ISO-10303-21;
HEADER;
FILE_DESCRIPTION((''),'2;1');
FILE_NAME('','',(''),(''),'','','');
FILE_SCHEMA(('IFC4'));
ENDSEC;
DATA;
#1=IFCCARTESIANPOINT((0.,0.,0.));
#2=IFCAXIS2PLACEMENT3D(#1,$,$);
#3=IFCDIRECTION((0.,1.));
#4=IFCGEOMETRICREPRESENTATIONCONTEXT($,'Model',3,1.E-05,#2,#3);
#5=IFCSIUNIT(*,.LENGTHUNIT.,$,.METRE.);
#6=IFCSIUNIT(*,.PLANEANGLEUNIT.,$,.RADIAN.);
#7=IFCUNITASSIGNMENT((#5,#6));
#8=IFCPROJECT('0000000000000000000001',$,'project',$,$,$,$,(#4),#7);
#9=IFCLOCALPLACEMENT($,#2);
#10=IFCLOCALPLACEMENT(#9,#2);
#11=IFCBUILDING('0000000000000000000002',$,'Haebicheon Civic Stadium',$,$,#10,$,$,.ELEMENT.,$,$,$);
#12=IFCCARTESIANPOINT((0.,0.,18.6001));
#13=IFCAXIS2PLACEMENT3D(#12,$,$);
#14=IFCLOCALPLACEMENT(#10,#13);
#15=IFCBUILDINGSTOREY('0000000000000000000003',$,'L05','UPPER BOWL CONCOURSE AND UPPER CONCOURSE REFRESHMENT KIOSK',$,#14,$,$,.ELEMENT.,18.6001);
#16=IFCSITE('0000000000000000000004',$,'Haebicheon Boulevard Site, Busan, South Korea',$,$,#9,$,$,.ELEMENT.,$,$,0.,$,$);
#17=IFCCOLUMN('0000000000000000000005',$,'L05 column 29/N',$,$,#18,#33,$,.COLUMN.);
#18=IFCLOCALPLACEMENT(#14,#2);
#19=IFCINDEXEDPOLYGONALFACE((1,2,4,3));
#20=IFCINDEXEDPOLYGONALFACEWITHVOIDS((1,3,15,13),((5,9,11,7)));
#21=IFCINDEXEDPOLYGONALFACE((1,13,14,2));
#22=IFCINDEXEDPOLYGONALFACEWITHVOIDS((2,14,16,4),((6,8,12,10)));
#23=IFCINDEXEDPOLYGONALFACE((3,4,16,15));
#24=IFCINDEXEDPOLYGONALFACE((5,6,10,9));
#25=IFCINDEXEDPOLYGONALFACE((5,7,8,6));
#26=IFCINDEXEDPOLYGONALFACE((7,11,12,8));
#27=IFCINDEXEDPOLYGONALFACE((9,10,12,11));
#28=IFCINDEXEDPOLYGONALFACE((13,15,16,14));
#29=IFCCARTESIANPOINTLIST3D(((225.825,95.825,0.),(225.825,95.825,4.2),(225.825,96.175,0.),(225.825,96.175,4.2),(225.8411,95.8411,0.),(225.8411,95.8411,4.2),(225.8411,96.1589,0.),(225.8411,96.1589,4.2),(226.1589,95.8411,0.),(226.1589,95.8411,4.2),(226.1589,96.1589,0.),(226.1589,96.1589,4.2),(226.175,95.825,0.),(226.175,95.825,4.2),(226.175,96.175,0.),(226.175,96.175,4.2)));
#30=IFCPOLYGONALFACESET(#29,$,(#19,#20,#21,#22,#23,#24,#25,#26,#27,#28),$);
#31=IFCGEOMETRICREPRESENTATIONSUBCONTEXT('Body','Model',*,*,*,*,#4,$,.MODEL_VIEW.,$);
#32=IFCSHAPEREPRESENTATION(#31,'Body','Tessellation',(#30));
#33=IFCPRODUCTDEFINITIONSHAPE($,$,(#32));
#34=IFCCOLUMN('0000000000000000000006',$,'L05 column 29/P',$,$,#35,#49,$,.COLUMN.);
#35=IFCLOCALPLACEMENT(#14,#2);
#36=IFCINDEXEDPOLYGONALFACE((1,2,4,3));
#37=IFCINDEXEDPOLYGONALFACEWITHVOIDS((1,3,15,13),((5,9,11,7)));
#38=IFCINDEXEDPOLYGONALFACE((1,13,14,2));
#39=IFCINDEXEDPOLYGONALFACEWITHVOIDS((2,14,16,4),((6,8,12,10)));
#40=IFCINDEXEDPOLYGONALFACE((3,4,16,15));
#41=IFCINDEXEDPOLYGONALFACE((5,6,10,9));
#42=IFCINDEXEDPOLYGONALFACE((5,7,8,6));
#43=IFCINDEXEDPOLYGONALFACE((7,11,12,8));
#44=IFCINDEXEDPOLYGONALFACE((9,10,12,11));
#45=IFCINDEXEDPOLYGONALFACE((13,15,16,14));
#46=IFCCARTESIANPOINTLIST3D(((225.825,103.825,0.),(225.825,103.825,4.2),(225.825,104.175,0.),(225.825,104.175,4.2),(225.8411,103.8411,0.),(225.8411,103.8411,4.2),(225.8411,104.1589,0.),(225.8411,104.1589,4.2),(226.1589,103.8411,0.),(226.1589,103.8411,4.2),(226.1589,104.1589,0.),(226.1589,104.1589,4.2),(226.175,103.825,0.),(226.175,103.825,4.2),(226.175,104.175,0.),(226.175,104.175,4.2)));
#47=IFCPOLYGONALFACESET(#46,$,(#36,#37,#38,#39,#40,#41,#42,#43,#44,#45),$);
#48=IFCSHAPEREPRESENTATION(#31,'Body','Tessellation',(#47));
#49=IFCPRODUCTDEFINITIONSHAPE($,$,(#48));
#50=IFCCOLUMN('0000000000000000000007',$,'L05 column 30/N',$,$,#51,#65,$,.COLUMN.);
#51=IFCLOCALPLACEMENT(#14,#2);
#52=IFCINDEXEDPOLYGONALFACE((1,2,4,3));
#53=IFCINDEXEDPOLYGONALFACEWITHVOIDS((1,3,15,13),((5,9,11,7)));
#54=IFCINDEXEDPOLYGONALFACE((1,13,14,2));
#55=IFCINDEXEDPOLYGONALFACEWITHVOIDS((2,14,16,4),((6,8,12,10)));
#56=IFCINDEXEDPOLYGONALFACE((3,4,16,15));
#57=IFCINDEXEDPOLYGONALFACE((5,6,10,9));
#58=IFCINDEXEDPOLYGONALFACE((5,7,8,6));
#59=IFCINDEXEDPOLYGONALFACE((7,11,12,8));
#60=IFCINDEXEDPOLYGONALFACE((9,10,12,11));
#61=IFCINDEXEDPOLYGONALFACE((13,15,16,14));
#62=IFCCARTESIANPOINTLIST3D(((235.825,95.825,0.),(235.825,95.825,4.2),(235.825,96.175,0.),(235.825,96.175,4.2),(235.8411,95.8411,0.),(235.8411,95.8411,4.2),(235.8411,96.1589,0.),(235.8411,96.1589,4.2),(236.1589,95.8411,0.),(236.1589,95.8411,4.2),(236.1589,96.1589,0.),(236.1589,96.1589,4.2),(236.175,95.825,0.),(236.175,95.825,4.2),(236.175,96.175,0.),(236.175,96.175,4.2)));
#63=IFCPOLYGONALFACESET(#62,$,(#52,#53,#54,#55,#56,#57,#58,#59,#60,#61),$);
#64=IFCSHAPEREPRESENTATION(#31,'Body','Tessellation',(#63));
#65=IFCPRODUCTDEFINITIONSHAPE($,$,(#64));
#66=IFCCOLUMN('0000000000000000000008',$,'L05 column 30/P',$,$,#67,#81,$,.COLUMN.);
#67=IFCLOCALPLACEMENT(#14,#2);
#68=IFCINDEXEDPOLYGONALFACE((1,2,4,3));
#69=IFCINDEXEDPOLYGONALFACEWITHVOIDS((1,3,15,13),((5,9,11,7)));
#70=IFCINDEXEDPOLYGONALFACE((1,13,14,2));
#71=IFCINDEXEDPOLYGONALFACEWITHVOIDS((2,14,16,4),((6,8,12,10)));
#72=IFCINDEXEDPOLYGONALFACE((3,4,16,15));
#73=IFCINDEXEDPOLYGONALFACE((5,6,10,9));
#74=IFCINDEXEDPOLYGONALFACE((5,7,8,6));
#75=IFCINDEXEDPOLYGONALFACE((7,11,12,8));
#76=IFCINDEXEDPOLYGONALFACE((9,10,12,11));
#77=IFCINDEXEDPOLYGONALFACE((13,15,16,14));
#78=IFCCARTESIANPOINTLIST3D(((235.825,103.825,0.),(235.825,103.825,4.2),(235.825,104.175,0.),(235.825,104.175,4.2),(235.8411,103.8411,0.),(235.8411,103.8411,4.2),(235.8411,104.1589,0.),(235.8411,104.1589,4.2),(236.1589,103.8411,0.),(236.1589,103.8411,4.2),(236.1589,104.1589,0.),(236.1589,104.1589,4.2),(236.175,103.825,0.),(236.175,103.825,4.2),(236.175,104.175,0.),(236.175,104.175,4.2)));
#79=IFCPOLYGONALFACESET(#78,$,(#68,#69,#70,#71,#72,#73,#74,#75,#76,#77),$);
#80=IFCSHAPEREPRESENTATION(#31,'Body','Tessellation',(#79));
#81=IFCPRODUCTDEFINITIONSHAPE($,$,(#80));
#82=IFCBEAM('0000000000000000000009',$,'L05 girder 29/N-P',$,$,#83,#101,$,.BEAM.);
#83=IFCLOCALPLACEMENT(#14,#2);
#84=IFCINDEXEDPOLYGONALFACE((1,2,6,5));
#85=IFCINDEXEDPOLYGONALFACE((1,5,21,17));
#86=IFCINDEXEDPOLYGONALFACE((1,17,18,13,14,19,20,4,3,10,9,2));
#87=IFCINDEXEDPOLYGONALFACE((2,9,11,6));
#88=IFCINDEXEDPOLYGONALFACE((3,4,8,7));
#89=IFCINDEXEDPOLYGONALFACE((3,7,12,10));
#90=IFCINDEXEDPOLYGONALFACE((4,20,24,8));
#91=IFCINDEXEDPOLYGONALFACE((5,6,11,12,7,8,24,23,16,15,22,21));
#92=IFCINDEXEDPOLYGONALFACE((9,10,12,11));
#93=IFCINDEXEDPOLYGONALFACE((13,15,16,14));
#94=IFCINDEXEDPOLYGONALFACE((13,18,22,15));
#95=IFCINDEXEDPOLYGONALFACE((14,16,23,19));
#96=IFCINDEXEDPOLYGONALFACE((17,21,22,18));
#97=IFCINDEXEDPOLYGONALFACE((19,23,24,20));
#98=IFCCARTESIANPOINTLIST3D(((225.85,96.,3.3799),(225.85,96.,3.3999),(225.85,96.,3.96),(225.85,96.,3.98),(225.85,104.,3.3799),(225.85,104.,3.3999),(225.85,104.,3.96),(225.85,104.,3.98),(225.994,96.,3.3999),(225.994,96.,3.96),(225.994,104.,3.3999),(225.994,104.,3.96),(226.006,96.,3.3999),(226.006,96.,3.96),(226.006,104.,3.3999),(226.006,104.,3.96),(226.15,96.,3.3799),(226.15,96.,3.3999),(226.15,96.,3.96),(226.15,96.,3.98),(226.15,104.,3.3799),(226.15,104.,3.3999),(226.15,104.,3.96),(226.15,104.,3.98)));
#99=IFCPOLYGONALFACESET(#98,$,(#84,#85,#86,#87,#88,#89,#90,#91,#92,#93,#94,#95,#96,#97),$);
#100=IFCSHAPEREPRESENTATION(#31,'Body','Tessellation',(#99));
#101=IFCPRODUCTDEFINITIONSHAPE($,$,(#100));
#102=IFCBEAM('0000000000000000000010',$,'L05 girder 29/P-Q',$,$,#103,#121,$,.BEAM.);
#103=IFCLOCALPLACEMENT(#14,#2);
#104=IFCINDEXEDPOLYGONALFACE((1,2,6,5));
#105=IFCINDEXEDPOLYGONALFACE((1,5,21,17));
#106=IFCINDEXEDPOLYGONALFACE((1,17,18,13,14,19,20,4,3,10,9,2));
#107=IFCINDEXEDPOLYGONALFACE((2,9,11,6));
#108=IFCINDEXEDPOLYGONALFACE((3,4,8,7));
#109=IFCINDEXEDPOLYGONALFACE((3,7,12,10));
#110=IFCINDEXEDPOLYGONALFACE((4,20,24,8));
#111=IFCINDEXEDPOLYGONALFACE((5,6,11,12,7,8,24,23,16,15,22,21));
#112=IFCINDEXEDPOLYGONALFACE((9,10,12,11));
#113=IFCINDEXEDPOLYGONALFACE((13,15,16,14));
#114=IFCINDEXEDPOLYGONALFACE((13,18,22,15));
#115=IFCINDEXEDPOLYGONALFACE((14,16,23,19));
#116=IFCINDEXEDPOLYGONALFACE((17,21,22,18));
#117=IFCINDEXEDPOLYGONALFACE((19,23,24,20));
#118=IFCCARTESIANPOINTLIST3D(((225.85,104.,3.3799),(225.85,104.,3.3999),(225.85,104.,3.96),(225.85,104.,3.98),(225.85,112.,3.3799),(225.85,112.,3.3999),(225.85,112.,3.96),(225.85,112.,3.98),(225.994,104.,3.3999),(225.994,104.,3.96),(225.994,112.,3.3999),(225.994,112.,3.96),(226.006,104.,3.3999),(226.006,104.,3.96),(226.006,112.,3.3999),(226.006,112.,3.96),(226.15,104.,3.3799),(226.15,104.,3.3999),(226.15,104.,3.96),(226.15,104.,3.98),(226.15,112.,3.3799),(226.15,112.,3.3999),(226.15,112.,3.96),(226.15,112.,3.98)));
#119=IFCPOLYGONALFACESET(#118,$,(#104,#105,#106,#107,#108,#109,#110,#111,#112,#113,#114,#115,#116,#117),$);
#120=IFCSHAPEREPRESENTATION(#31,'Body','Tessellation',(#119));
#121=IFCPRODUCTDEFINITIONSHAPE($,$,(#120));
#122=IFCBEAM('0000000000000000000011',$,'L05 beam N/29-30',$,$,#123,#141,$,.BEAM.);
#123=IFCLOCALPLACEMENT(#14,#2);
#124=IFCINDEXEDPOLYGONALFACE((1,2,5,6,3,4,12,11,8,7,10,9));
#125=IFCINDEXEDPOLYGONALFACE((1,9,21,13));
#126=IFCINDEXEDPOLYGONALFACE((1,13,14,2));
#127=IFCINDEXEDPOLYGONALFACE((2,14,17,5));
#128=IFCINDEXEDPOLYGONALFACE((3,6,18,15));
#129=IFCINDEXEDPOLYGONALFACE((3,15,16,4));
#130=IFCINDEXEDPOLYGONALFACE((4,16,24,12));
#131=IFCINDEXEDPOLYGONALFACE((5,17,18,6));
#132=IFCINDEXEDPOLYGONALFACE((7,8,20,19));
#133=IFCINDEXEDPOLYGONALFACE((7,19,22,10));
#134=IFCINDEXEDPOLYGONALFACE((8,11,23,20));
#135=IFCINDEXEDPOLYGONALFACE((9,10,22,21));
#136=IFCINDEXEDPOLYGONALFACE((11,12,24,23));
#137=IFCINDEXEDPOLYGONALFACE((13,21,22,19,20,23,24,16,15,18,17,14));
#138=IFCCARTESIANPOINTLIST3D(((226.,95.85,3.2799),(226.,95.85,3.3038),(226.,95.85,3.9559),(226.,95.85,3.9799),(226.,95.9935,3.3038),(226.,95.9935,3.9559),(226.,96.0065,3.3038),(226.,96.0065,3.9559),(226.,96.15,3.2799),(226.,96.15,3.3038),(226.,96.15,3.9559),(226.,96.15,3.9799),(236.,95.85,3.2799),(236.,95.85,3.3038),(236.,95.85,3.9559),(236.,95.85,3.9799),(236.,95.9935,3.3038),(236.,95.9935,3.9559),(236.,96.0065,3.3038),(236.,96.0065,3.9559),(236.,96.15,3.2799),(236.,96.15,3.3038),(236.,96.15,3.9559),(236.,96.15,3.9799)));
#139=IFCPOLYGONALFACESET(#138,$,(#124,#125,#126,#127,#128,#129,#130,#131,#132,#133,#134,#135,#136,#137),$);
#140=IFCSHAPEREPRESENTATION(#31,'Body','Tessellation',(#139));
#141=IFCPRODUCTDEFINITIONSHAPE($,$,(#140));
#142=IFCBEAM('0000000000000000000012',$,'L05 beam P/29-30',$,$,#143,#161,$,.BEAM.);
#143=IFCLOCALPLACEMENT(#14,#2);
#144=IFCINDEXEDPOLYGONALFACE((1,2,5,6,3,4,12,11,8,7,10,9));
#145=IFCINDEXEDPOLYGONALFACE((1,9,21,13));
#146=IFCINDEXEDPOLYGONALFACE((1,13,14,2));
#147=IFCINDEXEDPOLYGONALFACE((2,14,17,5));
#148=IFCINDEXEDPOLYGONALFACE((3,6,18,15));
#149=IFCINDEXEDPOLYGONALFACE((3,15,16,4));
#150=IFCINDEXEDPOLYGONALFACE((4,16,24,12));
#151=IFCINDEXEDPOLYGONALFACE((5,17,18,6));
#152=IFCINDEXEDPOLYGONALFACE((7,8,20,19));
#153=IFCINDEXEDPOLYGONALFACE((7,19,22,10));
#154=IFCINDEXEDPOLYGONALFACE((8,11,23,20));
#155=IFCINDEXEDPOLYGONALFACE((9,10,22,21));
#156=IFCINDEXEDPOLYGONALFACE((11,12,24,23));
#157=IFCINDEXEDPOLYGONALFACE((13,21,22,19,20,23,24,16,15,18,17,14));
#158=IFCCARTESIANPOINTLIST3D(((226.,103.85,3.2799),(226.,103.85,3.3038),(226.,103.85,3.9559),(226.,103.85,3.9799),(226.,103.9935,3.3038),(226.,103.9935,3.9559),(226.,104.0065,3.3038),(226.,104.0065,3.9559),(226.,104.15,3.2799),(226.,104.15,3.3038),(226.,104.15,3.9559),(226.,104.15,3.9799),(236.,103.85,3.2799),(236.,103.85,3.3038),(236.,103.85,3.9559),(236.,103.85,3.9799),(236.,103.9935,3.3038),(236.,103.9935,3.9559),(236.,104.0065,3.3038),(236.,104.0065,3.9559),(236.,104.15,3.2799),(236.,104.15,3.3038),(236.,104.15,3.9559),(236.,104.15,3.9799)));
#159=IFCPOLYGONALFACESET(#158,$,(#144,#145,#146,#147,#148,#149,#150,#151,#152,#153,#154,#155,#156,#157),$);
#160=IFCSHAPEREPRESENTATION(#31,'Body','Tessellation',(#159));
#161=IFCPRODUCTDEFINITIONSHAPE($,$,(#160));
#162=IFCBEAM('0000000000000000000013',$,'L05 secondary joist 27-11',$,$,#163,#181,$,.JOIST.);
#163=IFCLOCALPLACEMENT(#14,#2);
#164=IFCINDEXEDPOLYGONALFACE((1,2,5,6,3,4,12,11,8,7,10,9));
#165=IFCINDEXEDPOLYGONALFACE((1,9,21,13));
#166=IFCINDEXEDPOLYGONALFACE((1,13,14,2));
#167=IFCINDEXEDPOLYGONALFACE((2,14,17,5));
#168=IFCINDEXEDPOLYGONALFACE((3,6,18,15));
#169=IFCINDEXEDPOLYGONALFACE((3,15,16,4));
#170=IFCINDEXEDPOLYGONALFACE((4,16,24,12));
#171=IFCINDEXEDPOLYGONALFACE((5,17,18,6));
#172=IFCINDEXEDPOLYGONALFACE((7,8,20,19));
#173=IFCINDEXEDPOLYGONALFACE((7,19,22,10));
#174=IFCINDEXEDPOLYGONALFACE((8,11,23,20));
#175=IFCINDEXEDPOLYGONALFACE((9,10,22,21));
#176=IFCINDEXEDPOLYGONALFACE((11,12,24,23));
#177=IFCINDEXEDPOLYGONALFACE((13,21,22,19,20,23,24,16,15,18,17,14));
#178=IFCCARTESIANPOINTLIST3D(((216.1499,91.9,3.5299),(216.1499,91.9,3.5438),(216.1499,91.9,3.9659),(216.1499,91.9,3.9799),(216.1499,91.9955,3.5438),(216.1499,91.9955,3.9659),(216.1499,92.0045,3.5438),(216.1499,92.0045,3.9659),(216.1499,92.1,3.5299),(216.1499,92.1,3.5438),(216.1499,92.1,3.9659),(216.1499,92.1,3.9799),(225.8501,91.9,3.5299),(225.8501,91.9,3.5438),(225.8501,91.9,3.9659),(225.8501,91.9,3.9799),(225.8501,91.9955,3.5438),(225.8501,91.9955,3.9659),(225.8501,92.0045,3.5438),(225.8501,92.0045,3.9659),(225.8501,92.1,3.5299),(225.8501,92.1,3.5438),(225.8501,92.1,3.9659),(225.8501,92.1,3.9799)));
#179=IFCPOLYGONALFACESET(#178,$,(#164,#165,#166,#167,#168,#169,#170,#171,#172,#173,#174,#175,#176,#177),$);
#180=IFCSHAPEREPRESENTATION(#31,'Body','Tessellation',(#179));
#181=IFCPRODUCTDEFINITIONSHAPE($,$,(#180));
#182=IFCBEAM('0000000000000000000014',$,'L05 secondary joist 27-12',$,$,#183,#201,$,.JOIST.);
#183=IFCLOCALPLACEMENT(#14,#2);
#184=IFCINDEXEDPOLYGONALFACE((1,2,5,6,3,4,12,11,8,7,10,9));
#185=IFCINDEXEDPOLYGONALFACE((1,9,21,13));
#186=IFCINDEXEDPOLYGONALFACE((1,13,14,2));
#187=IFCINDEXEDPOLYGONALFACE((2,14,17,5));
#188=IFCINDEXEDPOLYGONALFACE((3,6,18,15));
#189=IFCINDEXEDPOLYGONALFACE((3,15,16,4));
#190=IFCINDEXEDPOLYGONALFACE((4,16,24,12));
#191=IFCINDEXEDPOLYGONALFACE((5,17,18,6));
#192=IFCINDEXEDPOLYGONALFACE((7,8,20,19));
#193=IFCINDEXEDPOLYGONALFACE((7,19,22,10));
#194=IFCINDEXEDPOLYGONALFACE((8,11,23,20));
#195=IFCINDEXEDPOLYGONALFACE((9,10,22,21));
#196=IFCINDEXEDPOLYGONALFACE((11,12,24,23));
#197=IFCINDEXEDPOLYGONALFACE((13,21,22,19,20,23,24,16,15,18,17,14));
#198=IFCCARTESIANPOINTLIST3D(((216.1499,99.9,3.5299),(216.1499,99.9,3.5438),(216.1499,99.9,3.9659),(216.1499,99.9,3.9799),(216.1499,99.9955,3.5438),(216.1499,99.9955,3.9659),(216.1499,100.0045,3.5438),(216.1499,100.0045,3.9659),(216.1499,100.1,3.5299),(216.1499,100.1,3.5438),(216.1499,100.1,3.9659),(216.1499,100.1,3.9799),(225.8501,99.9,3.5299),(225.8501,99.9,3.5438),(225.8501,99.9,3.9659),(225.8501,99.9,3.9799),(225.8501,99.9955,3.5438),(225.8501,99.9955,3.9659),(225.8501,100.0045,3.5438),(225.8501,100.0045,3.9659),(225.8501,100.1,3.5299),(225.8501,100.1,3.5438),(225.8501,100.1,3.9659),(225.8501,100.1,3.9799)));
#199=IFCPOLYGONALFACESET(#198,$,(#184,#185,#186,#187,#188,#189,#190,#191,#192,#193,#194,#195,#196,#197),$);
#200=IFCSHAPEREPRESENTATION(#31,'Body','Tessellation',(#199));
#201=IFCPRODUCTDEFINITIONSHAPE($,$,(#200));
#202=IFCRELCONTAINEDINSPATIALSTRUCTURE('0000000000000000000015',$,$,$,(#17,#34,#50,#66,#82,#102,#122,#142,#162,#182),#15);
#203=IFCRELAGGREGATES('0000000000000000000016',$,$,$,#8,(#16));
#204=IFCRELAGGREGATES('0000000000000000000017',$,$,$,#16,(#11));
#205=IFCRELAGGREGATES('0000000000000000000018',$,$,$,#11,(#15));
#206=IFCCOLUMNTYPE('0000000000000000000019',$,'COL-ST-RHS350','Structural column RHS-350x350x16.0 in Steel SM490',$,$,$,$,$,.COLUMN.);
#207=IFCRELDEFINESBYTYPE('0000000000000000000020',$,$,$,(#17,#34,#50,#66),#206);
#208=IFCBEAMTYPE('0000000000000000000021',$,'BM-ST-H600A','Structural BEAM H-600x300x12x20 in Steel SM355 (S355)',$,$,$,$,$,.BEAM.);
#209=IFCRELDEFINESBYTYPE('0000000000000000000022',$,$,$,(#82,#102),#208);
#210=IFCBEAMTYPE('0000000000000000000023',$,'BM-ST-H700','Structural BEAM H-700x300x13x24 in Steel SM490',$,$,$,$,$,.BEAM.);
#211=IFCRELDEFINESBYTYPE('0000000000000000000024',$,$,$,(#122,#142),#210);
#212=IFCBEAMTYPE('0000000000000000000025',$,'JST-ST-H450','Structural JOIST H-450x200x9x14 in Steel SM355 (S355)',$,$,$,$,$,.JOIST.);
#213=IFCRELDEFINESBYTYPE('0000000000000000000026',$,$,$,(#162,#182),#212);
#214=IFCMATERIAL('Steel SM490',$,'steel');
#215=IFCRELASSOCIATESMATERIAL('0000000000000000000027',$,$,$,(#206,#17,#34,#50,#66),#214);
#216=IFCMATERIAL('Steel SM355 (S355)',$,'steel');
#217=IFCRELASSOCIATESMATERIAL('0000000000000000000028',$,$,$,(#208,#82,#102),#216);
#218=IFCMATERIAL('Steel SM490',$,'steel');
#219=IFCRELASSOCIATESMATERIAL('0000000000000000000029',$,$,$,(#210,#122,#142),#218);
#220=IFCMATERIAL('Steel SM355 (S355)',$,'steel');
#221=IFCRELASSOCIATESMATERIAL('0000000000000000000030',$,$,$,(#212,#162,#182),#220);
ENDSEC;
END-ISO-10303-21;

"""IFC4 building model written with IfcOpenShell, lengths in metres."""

from ifc_helpers import new_model, si_unit, direction, frame, origin, origin_2d, place, context, subcontext, project, spatial, hollow_rectangle, i_section, extrude, material, material_profile, profile_set, type_object, element, save


model = new_model("IFC4")

# Units and contexts
model_context = context("Model", 3, precision=1e-05, world=origin(), true_north=direction((0.0, 1.0)))
body_context = subcontext(model_context, "Body", "Model", "MODEL_VIEW")
ifc_project = project(units=[si_unit("LENGTHUNIT", "METRE"), si_unit("PLANEANGLEUNIT", "RADIAN")], contexts=[model_context])

# Site, building, storey
site_placement = place(None, origin())
site = spatial("IfcSite", under=ifc_project, at=site_placement, Name="Haebicheon Boulevard Site, Busan, South Korea", CompositionType="ELEMENT", RefElevation=0.0)
building_placement = place(site_placement, origin())
building = spatial("IfcBuilding", under=site, at=building_placement, Name="Haebicheon Civic Stadium", CompositionType="ELEMENT")
storey_placement = place(building_placement, frame((0.0, 0.0, 18.6001)))
storey = spatial("IfcBuildingStorey", under=building, at=storey_placement, Name="L05", Description="UPPER BOWL CONCOURSE AND UPPER CONCOURSE REFRESHMENT KIOSK", CompositionType="ELEMENT", Elevation=18.6001)

# Columns
ifc_material_1 = material(Name="Steel SM490", Category="steel")
ifc_material_profile_1 = material_profile(ifc_material_1, hollow_rectangle(XDim=0.3501, YDim=0.3501, WallThickness=0.0161, at=origin_2d()), Name="RHS-350x350x16.0")
ifc_profile_set_1 = profile_set([ifc_material_profile_1], Name="Steel SM490")
column_type = type_object("IfcColumnType", Name="COL-ST-RHS350", Description="Structural column RHS-350x350x16.0 in Steel SM490", PredefinedType="COLUMN", material=ifc_profile_set_1)
for number, where, z_axis, x_axis, name in (
    (1, (226.0, 96.0, 0.0), (0.0, 0.0, 1.0), (1.0, 0.0, 0.0), "L05 column 29/N"),
    (2, (226.0, 104.0, 0.0), (0.0, 0.0, 1.0), (1.0, 0.0, 0.0), "L05 column 29/P"),
    (3, (236.0, 96.0, 0.0), (0.0, 0.0, 1.0), (1.0, 0.0, 0.0), "L05 column 30/N"),
    (4, (236.0, 104.0, 0.0), (0.0, 0.0, 1.0), (1.0, 0.0, 0.0), "L05 column 30/P"),
):
    element("IfcColumn", number, at=place(storey_placement, frame(where, z_axis=z_axis, x_axis=x_axis)), inside=storey, type_object=column_type, material=ifc_profile_set_1, Name=name, PredefinedType="COLUMN", context=body_context, shape_type="SweptSolid", body=[
        extrude(hollow_rectangle(XDim=0.3501, YDim=0.3501, WallThickness=0.0161, at=origin_2d()), origin(), (0.0, 0.0, 1.0), 4.2),
    ])

# Beams
ifc_material_2 = material(Name="Steel SM355 (S355)", Category="steel")
ifc_material_profile_2 = material_profile(ifc_material_2, i_section(OverallWidth=0.3, OverallDepth=0.6001, WebThickness=0.012, FlangeThickness=0.02, at=origin_2d()), Name="H-600x300x12x20")
ifc_profile_set_2 = profile_set([ifc_material_profile_2], Name="Steel SM355 (S355)")
beam_type_1 = type_object("IfcBeamType", Name="BM-ST-H600A", Description="Structural BEAM H-600x300x12x20 in Steel SM355 (S355)", PredefinedType="BEAM", material=ifc_profile_set_2)
for number, where, z_axis, x_axis, name in (
    (5, (226.0, 96.0, 3.6799), (0.0, 1.0, 0.0), (-1.0, 0.0, 0.0), "L05 girder 29/N-P"),
    (6, (226.0, 104.0, 3.6799), (0.0, 1.0, 0.0), (-1.0, 0.0, 0.0), "L05 girder 29/P-Q"),
):
    element("IfcBeam", number, at=place(storey_placement, frame(where, z_axis=z_axis, x_axis=x_axis)), inside=storey, type_object=beam_type_1, material=ifc_profile_set_2, Name=name, PredefinedType="BEAM", context=body_context, shape_type="SweptSolid", body=[
        extrude(i_section(OverallWidth=0.3, OverallDepth=0.6001, WebThickness=0.012, FlangeThickness=0.02, at=origin_2d()), origin(), (0.0, 0.0, 1.0), 8.0),
    ])
ifc_material_3 = material(Name="Steel SM490", Category="steel")
ifc_material_profile_3 = material_profile(ifc_material_3, i_section(OverallWidth=0.3, OverallDepth=0.7, WebThickness=0.0129, FlangeThickness=0.0239, at=origin_2d()), Name="H-700x300x13x24")
ifc_profile_set_3 = profile_set([ifc_material_profile_3], Name="Steel SM490")
beam_type_2 = type_object("IfcBeamType", Name="BM-ST-H700", Description="Structural BEAM H-700x300x13x24 in Steel SM490", PredefinedType="BEAM", material=ifc_profile_set_3)
for number, where, z_axis, x_axis, name in (
    (7, (226.0, 96.0, 3.6299), (1.0, 0.0, 0.0), (0.0, 1.0, 0.0), "L05 beam N/29-30"),
    (8, (226.0, 104.0, 3.6299), (1.0, 0.0, 0.0), (0.0, 1.0, 0.0), "L05 beam P/29-30"),
):
    element("IfcBeam", number, at=place(storey_placement, frame(where, z_axis=z_axis, x_axis=x_axis)), inside=storey, type_object=beam_type_2, material=ifc_profile_set_3, Name=name, PredefinedType="BEAM", context=body_context, shape_type="SweptSolid", body=[
        extrude(i_section(OverallWidth=0.3, OverallDepth=0.7, WebThickness=0.0129, FlangeThickness=0.0239, at=origin_2d()), origin(), (0.0, 0.0, 1.0), 10.0),
    ])
ifc_material_4 = material(Name="Steel SM355 (S355)", Category="steel")
ifc_material_profile_4 = material_profile(ifc_material_4, i_section(OverallWidth=0.2, OverallDepth=0.45, WebThickness=0.009, FlangeThickness=0.0139, at=origin_2d()), Name="H-450x200x9x14")
ifc_profile_set_4 = profile_set([ifc_material_profile_4], Name="Steel SM355 (S355)")
beam_type_3 = type_object("IfcBeamType", Name="JST-ST-H450", Description="Structural JOIST H-450x200x9x14 in Steel SM355 (S355)", PredefinedType="JOIST", material=ifc_profile_set_4)
for number, where, z_axis, x_axis, name in (
    (9, (216.1499, 92.0, 3.7549), (1.0, 0.0, 0.0), (0.0, 1.0, 0.0), "L05 secondary joist 27-11"),
    (10, (216.1499, 100.0, 3.7549), (1.0, 0.0, 0.0), (0.0, 1.0, 0.0), "L05 secondary joist 27-12"),
):
    element("IfcBeam", number, at=place(storey_placement, frame(where, z_axis=z_axis, x_axis=x_axis)), inside=storey, type_object=beam_type_3, material=ifc_profile_set_4, Name=name, PredefinedType="JOIST", context=body_context, shape_type="SweptSolid", body=[
        extrude(i_section(OverallWidth=0.2, OverallDepth=0.45, WebThickness=0.009, FlangeThickness=0.0139, at=origin_2d()), origin(), (0.0, 0.0, 1.0), 9.7002),
    ])

save(model, "model.ifc")
